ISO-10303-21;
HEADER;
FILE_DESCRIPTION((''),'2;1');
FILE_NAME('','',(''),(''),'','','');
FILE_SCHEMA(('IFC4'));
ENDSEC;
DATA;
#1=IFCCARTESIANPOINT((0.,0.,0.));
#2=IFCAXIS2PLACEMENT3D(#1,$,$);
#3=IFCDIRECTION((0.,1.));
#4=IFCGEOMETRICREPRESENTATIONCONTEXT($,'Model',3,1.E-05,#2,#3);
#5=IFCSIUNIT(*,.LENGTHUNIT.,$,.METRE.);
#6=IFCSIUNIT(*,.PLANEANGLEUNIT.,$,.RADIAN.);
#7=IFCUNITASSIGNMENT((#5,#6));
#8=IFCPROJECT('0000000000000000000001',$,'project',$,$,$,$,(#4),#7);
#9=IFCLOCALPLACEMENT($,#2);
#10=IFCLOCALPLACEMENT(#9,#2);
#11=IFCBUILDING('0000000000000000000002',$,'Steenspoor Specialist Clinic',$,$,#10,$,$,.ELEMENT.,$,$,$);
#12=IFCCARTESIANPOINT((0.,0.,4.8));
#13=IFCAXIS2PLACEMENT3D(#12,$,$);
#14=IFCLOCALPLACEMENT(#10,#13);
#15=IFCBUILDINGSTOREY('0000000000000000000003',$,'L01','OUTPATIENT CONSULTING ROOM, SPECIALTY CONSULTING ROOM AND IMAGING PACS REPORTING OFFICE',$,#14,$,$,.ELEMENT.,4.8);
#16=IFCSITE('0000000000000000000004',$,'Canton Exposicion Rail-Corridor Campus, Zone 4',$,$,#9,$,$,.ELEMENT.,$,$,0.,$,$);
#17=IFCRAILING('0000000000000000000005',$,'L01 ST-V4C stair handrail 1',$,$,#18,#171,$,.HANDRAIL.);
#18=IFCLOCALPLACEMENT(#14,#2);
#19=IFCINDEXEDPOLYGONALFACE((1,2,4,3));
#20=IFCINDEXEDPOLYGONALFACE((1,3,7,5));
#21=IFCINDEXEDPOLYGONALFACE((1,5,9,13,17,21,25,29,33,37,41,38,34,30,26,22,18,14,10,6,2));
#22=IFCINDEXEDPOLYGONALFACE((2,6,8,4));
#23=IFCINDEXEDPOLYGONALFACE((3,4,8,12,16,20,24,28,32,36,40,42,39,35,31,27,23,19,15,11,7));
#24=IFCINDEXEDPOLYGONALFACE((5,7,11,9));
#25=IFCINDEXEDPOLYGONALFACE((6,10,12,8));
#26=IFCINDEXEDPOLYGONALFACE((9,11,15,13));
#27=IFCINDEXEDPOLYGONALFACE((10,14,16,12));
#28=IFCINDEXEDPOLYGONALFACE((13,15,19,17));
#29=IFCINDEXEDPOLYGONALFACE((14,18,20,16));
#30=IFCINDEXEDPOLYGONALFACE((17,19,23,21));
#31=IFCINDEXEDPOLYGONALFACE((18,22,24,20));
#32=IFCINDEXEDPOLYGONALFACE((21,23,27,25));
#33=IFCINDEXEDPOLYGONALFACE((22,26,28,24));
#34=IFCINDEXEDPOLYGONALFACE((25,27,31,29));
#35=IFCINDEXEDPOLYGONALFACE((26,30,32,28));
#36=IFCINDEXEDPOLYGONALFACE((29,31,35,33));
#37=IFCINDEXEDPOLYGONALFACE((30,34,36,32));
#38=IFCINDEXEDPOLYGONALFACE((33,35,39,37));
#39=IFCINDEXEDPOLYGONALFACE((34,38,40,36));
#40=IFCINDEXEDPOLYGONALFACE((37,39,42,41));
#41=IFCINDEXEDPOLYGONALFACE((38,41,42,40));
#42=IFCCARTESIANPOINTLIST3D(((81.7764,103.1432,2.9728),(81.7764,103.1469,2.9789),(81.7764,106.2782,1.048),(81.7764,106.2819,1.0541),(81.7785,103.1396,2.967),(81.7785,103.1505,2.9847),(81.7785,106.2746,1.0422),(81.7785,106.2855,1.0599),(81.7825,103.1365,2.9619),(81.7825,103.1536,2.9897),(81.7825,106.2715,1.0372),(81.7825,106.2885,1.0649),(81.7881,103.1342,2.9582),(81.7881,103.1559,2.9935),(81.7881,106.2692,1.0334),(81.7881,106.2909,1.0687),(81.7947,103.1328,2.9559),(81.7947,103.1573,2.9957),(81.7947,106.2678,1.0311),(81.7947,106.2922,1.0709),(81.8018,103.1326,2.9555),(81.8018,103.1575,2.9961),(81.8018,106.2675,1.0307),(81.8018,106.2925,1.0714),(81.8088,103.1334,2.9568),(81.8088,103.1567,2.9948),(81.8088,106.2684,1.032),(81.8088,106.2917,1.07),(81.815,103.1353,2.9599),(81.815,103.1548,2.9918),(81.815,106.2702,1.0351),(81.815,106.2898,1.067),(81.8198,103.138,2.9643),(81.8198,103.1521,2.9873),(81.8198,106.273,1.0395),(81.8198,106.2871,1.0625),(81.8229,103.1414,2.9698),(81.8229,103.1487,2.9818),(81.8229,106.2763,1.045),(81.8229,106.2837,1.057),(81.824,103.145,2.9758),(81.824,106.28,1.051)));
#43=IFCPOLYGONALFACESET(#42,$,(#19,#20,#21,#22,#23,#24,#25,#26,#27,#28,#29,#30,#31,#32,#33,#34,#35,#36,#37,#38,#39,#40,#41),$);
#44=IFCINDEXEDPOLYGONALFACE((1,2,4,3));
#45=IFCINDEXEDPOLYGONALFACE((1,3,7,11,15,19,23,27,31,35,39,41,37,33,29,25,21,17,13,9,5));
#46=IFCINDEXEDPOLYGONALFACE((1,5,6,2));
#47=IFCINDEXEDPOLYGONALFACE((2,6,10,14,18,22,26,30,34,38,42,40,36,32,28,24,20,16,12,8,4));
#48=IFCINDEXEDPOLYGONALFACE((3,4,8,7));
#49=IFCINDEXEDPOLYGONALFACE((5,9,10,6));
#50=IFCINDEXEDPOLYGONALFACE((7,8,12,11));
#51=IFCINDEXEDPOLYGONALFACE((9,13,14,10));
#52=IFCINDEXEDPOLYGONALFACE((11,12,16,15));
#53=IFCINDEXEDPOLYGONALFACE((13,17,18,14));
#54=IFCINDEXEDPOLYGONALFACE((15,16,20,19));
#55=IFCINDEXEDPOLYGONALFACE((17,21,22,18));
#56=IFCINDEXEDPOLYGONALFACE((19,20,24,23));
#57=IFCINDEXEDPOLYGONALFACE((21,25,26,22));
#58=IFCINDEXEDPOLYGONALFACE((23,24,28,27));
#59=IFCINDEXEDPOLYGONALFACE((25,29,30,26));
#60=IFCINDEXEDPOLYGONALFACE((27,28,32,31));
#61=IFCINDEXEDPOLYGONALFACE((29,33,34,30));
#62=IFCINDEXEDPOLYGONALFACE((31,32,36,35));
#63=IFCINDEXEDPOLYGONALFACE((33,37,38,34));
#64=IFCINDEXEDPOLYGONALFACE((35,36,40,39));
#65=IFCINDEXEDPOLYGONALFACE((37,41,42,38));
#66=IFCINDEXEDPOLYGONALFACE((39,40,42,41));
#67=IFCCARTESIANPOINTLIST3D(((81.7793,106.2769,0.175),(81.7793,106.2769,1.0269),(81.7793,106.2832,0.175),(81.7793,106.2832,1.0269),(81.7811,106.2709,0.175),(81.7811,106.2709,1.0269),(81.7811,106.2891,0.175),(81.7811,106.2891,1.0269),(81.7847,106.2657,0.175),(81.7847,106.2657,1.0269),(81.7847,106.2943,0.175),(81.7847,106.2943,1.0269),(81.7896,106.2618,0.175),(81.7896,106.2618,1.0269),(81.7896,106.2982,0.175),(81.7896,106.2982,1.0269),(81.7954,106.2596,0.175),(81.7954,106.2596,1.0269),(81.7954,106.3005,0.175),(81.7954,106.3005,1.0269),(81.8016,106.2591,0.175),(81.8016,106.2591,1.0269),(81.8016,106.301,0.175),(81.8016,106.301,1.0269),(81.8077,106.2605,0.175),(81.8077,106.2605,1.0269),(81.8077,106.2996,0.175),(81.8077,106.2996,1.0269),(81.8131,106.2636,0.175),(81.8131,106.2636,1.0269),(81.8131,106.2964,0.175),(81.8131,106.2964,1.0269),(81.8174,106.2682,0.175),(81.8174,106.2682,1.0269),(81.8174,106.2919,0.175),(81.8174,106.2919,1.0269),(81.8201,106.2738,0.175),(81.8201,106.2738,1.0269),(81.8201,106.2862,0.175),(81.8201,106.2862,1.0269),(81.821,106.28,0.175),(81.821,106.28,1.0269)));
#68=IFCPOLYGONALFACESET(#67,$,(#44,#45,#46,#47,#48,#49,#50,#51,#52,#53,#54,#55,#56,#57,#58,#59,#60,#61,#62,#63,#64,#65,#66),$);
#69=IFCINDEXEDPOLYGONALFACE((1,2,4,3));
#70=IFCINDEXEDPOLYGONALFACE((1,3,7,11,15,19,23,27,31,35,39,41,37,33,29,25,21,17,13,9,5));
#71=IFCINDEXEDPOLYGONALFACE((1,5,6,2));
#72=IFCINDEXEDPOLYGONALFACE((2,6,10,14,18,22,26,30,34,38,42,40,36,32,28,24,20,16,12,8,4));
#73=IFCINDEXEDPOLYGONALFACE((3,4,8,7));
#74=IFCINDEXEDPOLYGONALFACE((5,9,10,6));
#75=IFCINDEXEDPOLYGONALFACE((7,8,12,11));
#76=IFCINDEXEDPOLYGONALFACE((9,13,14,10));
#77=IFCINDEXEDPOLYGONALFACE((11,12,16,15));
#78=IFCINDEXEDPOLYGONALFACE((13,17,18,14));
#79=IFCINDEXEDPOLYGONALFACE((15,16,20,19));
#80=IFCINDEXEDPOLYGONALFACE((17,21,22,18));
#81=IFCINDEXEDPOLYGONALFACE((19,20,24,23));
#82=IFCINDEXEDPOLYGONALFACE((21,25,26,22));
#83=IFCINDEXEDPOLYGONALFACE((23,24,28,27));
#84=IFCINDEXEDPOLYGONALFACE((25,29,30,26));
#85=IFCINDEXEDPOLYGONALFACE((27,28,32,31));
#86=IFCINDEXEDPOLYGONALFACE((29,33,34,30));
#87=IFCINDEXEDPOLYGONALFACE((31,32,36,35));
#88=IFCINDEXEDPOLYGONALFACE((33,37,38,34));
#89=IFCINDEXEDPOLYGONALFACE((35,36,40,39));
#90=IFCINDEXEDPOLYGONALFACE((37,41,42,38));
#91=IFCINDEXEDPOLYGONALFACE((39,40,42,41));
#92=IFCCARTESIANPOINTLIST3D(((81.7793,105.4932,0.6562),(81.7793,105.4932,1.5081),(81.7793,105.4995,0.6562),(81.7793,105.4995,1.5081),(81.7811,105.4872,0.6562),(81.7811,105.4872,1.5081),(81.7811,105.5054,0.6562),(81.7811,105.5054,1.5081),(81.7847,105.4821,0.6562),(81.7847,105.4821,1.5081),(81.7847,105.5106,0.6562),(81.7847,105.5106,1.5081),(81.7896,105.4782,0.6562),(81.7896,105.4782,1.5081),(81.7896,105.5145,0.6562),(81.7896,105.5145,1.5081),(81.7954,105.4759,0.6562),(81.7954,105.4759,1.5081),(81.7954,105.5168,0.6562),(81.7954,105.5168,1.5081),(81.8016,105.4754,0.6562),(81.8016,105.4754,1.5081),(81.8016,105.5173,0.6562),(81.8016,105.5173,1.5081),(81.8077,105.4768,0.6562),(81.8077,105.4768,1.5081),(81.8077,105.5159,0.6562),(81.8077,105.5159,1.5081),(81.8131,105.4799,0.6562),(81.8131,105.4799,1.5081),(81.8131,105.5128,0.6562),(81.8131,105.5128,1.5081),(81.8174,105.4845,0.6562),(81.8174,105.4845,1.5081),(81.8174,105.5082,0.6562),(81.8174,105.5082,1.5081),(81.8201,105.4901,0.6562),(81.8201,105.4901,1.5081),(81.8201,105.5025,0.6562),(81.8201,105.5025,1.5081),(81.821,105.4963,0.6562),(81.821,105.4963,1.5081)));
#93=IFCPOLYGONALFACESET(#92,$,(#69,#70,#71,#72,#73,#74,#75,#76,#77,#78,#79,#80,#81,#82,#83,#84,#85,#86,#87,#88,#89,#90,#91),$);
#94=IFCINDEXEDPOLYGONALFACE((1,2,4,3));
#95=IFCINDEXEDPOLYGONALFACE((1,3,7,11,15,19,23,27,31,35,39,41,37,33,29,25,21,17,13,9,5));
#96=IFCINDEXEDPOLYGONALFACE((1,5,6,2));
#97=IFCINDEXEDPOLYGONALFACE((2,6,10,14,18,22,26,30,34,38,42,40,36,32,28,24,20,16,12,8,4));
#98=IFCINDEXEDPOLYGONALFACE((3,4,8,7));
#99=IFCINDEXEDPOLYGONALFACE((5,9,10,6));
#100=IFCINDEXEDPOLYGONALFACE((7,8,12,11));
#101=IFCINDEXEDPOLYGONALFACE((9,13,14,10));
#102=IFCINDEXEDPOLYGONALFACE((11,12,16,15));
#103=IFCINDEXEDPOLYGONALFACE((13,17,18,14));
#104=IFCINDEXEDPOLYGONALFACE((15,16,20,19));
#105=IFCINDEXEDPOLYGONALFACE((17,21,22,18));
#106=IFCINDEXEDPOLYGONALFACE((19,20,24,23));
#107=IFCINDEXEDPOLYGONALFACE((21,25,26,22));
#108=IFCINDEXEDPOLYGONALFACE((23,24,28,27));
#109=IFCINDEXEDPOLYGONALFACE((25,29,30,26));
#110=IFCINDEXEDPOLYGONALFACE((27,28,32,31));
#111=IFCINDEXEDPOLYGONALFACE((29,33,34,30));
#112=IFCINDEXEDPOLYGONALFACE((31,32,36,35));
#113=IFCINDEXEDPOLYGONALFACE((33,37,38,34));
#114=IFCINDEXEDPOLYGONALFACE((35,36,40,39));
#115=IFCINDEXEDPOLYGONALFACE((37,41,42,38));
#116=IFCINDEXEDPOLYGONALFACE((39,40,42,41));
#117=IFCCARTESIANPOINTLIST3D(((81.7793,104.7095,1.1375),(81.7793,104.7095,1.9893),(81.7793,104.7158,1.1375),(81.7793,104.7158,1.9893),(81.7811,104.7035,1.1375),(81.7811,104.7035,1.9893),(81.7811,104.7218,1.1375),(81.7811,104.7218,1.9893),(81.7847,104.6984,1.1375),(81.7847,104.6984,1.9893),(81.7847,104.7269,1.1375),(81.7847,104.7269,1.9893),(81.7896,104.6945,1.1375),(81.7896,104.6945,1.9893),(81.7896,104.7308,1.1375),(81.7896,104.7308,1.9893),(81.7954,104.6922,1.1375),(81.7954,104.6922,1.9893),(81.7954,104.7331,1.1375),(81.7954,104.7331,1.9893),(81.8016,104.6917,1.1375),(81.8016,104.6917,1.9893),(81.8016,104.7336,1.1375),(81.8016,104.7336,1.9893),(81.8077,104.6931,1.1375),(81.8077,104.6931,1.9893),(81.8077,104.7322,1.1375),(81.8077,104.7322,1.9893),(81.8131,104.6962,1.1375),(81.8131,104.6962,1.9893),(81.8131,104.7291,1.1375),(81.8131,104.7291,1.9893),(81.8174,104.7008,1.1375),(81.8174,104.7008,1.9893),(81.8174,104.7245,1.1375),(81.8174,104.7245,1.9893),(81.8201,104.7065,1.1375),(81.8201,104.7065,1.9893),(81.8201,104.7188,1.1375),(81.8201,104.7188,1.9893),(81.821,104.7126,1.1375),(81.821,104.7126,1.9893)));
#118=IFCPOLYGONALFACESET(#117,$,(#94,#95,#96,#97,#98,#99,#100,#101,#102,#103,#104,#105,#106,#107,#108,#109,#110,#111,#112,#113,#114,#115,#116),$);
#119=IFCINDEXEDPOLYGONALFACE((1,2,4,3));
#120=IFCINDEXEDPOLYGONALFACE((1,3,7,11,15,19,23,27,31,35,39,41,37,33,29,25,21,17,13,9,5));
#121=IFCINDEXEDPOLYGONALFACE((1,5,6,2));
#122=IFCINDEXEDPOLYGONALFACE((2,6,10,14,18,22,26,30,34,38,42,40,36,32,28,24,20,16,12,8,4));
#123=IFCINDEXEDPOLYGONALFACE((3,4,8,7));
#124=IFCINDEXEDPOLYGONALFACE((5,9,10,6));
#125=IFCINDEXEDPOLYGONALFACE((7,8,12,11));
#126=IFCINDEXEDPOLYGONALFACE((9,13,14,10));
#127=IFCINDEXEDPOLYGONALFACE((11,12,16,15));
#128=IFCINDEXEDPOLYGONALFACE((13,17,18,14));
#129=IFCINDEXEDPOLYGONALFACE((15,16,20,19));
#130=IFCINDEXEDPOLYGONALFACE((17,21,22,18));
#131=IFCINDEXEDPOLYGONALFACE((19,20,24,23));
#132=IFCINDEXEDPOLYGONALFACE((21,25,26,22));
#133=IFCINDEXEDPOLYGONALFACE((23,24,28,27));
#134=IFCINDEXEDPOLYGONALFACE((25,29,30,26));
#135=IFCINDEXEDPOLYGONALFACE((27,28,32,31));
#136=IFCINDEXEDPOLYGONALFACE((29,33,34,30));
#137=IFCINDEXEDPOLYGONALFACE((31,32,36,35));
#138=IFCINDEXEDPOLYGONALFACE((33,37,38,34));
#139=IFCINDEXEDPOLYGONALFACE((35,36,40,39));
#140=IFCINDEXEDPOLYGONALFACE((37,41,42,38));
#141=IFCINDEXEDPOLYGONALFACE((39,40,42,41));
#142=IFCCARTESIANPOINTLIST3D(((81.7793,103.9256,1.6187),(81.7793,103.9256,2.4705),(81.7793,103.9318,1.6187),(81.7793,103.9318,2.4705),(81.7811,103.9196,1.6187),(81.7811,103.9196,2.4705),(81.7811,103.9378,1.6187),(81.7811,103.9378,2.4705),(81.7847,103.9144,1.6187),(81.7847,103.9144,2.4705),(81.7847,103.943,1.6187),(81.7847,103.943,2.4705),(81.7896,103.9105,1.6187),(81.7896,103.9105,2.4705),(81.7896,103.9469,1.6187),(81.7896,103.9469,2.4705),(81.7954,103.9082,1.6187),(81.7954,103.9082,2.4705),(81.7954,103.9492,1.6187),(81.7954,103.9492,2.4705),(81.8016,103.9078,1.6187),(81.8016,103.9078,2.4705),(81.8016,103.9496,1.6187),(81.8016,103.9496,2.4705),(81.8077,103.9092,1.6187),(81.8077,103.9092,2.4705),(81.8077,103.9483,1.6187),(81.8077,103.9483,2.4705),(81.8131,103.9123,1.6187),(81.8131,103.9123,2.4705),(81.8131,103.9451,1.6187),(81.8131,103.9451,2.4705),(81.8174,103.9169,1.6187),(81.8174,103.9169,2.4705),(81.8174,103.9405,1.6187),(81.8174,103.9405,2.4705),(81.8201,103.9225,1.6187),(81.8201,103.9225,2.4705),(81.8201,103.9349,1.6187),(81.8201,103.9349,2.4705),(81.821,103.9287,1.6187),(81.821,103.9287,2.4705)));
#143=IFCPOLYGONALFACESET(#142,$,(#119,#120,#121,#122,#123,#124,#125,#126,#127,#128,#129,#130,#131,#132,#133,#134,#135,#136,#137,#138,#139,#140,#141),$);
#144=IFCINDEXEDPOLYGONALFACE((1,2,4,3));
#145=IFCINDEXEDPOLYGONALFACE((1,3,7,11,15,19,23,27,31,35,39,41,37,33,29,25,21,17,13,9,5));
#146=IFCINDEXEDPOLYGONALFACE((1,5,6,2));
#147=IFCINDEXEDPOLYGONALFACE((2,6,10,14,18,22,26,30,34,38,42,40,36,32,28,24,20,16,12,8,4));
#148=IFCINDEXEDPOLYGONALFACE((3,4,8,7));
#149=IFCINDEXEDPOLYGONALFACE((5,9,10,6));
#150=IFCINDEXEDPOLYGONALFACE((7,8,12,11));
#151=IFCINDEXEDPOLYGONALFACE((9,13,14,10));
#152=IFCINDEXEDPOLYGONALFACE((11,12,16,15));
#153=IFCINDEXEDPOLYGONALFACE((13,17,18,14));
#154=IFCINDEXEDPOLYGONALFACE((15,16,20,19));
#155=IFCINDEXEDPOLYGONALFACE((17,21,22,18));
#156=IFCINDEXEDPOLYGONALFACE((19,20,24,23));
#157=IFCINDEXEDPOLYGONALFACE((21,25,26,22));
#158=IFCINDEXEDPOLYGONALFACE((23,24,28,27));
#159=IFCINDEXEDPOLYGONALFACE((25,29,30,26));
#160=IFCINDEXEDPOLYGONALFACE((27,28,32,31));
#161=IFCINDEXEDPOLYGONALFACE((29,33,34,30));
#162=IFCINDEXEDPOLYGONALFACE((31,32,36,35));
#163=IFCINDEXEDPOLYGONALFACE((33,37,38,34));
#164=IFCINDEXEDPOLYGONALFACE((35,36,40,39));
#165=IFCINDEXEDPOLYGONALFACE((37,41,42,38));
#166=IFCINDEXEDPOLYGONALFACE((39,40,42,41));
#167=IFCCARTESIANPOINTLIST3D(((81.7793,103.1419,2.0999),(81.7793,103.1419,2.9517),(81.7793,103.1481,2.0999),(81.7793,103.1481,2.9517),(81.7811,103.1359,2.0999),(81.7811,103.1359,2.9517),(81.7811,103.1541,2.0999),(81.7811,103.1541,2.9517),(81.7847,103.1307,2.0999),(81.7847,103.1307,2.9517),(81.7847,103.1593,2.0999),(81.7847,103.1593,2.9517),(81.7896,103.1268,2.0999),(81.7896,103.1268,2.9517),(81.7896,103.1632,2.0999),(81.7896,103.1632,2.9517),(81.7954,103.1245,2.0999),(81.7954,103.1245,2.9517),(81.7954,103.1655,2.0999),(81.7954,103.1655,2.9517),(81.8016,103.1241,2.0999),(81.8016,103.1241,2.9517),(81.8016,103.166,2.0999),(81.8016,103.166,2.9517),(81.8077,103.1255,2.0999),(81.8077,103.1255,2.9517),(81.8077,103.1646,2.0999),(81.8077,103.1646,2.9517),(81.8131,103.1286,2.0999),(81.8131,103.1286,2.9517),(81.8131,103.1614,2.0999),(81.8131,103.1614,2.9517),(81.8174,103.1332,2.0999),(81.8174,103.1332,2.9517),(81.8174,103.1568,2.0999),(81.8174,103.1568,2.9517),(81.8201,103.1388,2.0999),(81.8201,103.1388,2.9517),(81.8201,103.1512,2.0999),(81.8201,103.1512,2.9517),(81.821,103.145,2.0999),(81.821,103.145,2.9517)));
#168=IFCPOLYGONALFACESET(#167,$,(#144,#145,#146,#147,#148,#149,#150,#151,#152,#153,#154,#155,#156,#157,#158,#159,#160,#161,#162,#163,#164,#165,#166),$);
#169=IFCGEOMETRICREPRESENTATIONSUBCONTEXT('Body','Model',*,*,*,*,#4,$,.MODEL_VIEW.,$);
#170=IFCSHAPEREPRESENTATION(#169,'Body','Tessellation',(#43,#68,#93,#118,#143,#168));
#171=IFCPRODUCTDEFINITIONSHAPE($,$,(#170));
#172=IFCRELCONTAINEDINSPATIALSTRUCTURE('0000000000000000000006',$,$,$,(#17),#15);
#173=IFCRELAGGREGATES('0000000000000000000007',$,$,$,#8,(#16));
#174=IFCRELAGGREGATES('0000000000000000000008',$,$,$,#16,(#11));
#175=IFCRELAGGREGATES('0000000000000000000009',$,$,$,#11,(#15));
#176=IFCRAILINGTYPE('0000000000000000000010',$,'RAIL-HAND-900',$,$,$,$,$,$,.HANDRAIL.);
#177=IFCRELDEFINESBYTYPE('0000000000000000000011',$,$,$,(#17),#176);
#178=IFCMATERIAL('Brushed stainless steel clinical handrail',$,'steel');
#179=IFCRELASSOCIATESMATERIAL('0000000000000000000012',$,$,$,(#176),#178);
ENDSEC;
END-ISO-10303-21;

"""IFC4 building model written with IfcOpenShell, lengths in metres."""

from ifc_helpers import new_model, si_unit, direction, frame, origin, origin_2d, place, context, subcontext, project, spatial, circle, extrude, material, type_object, element, save


model = new_model("IFC4")

# Units and contexts
model_context = context("Model", 3, precision=1e-05, world=origin(), true_north=direction((0.0, 1.0)))
body_context = subcontext(model_context, "Body", "Model", "MODEL_VIEW")
ifc_project = project(units=[si_unit("LENGTHUNIT", "METRE"), si_unit("PLANEANGLEUNIT", "RADIAN")], contexts=[model_context])

# Site, building, storey
site_placement = place(None, origin())
site = spatial("IfcSite", under=ifc_project, at=site_placement, Name="Canton Exposicion Rail-Corridor Campus, Zone 4", CompositionType="ELEMENT", RefElevation=0.0)
building_placement = place(site_placement, origin())
building = spatial("IfcBuilding", under=site, at=building_placement, Name="Steenspoor Specialist Clinic", CompositionType="ELEMENT")
storey_placement = place(building_placement, frame((0.0, 0.0, 4.8)))
storey = spatial("IfcBuildingStorey", under=building, at=storey_placement, Name="L01", Description="OUTPATIENT CONSULTING ROOM, SPECIALTY CONSULTING ROOM AND IMAGING PACS REPORTING OFFICE", CompositionType="ELEMENT", Elevation=4.8)

# Railing
ifc_material_1 = material(Name="Brushed stainless steel clinical handrail", Category="steel")
railing_type_1 = type_object("IfcRailingType", Name="RAIL-HAND-900", PredefinedType="HANDRAIL", material=ifc_material_1)
railing_1_placement = place(storey_placement, frame((81.8, 106.28, 0.175)))
element("IfcRailing", 1, at=railing_1_placement, inside=storey, type_object=railing_type_1, Name="L01 ST-V4C stair handrail 1", PredefinedType="HANDRAIL", context=body_context, shape_type="SweptSolid", body=[
    extrude(circle(Radius=0.0239, at=origin_2d()), frame((0.0, 0.0, 0.876), z_axis=(0.0, -0.852196, 0.523223), x_axis=(1.0, 0.0, 0.0)), (0.0, 0.0, 1.0), 3.6787),
    extrude(circle(Radius=0.021, at=origin_2d()), origin(), (0.0, 0.0, 1.0), 0.8518),
    extrude(circle(Radius=0.021, at=origin_2d()), frame((0.0, -0.7837, 0.4812)), (0.0, 0.0, 1.0), 0.8518),
    extrude(circle(Radius=0.021, at=origin_2d()), frame((0.0, -1.5674, 0.9624)), (0.0, 0.0, 1.0), 0.8518),
    extrude(circle(Radius=0.021, at=origin_2d()), frame((0.0, -2.3513, 1.4436)), (0.0, 0.0, 1.0), 0.8518),
    extrude(circle(Radius=0.021, at=origin_2d()), frame((0.0, -3.135, 1.9248)), (0.0, 0.0, 1.0), 0.8518),
])

save(model, "model.ifc")
